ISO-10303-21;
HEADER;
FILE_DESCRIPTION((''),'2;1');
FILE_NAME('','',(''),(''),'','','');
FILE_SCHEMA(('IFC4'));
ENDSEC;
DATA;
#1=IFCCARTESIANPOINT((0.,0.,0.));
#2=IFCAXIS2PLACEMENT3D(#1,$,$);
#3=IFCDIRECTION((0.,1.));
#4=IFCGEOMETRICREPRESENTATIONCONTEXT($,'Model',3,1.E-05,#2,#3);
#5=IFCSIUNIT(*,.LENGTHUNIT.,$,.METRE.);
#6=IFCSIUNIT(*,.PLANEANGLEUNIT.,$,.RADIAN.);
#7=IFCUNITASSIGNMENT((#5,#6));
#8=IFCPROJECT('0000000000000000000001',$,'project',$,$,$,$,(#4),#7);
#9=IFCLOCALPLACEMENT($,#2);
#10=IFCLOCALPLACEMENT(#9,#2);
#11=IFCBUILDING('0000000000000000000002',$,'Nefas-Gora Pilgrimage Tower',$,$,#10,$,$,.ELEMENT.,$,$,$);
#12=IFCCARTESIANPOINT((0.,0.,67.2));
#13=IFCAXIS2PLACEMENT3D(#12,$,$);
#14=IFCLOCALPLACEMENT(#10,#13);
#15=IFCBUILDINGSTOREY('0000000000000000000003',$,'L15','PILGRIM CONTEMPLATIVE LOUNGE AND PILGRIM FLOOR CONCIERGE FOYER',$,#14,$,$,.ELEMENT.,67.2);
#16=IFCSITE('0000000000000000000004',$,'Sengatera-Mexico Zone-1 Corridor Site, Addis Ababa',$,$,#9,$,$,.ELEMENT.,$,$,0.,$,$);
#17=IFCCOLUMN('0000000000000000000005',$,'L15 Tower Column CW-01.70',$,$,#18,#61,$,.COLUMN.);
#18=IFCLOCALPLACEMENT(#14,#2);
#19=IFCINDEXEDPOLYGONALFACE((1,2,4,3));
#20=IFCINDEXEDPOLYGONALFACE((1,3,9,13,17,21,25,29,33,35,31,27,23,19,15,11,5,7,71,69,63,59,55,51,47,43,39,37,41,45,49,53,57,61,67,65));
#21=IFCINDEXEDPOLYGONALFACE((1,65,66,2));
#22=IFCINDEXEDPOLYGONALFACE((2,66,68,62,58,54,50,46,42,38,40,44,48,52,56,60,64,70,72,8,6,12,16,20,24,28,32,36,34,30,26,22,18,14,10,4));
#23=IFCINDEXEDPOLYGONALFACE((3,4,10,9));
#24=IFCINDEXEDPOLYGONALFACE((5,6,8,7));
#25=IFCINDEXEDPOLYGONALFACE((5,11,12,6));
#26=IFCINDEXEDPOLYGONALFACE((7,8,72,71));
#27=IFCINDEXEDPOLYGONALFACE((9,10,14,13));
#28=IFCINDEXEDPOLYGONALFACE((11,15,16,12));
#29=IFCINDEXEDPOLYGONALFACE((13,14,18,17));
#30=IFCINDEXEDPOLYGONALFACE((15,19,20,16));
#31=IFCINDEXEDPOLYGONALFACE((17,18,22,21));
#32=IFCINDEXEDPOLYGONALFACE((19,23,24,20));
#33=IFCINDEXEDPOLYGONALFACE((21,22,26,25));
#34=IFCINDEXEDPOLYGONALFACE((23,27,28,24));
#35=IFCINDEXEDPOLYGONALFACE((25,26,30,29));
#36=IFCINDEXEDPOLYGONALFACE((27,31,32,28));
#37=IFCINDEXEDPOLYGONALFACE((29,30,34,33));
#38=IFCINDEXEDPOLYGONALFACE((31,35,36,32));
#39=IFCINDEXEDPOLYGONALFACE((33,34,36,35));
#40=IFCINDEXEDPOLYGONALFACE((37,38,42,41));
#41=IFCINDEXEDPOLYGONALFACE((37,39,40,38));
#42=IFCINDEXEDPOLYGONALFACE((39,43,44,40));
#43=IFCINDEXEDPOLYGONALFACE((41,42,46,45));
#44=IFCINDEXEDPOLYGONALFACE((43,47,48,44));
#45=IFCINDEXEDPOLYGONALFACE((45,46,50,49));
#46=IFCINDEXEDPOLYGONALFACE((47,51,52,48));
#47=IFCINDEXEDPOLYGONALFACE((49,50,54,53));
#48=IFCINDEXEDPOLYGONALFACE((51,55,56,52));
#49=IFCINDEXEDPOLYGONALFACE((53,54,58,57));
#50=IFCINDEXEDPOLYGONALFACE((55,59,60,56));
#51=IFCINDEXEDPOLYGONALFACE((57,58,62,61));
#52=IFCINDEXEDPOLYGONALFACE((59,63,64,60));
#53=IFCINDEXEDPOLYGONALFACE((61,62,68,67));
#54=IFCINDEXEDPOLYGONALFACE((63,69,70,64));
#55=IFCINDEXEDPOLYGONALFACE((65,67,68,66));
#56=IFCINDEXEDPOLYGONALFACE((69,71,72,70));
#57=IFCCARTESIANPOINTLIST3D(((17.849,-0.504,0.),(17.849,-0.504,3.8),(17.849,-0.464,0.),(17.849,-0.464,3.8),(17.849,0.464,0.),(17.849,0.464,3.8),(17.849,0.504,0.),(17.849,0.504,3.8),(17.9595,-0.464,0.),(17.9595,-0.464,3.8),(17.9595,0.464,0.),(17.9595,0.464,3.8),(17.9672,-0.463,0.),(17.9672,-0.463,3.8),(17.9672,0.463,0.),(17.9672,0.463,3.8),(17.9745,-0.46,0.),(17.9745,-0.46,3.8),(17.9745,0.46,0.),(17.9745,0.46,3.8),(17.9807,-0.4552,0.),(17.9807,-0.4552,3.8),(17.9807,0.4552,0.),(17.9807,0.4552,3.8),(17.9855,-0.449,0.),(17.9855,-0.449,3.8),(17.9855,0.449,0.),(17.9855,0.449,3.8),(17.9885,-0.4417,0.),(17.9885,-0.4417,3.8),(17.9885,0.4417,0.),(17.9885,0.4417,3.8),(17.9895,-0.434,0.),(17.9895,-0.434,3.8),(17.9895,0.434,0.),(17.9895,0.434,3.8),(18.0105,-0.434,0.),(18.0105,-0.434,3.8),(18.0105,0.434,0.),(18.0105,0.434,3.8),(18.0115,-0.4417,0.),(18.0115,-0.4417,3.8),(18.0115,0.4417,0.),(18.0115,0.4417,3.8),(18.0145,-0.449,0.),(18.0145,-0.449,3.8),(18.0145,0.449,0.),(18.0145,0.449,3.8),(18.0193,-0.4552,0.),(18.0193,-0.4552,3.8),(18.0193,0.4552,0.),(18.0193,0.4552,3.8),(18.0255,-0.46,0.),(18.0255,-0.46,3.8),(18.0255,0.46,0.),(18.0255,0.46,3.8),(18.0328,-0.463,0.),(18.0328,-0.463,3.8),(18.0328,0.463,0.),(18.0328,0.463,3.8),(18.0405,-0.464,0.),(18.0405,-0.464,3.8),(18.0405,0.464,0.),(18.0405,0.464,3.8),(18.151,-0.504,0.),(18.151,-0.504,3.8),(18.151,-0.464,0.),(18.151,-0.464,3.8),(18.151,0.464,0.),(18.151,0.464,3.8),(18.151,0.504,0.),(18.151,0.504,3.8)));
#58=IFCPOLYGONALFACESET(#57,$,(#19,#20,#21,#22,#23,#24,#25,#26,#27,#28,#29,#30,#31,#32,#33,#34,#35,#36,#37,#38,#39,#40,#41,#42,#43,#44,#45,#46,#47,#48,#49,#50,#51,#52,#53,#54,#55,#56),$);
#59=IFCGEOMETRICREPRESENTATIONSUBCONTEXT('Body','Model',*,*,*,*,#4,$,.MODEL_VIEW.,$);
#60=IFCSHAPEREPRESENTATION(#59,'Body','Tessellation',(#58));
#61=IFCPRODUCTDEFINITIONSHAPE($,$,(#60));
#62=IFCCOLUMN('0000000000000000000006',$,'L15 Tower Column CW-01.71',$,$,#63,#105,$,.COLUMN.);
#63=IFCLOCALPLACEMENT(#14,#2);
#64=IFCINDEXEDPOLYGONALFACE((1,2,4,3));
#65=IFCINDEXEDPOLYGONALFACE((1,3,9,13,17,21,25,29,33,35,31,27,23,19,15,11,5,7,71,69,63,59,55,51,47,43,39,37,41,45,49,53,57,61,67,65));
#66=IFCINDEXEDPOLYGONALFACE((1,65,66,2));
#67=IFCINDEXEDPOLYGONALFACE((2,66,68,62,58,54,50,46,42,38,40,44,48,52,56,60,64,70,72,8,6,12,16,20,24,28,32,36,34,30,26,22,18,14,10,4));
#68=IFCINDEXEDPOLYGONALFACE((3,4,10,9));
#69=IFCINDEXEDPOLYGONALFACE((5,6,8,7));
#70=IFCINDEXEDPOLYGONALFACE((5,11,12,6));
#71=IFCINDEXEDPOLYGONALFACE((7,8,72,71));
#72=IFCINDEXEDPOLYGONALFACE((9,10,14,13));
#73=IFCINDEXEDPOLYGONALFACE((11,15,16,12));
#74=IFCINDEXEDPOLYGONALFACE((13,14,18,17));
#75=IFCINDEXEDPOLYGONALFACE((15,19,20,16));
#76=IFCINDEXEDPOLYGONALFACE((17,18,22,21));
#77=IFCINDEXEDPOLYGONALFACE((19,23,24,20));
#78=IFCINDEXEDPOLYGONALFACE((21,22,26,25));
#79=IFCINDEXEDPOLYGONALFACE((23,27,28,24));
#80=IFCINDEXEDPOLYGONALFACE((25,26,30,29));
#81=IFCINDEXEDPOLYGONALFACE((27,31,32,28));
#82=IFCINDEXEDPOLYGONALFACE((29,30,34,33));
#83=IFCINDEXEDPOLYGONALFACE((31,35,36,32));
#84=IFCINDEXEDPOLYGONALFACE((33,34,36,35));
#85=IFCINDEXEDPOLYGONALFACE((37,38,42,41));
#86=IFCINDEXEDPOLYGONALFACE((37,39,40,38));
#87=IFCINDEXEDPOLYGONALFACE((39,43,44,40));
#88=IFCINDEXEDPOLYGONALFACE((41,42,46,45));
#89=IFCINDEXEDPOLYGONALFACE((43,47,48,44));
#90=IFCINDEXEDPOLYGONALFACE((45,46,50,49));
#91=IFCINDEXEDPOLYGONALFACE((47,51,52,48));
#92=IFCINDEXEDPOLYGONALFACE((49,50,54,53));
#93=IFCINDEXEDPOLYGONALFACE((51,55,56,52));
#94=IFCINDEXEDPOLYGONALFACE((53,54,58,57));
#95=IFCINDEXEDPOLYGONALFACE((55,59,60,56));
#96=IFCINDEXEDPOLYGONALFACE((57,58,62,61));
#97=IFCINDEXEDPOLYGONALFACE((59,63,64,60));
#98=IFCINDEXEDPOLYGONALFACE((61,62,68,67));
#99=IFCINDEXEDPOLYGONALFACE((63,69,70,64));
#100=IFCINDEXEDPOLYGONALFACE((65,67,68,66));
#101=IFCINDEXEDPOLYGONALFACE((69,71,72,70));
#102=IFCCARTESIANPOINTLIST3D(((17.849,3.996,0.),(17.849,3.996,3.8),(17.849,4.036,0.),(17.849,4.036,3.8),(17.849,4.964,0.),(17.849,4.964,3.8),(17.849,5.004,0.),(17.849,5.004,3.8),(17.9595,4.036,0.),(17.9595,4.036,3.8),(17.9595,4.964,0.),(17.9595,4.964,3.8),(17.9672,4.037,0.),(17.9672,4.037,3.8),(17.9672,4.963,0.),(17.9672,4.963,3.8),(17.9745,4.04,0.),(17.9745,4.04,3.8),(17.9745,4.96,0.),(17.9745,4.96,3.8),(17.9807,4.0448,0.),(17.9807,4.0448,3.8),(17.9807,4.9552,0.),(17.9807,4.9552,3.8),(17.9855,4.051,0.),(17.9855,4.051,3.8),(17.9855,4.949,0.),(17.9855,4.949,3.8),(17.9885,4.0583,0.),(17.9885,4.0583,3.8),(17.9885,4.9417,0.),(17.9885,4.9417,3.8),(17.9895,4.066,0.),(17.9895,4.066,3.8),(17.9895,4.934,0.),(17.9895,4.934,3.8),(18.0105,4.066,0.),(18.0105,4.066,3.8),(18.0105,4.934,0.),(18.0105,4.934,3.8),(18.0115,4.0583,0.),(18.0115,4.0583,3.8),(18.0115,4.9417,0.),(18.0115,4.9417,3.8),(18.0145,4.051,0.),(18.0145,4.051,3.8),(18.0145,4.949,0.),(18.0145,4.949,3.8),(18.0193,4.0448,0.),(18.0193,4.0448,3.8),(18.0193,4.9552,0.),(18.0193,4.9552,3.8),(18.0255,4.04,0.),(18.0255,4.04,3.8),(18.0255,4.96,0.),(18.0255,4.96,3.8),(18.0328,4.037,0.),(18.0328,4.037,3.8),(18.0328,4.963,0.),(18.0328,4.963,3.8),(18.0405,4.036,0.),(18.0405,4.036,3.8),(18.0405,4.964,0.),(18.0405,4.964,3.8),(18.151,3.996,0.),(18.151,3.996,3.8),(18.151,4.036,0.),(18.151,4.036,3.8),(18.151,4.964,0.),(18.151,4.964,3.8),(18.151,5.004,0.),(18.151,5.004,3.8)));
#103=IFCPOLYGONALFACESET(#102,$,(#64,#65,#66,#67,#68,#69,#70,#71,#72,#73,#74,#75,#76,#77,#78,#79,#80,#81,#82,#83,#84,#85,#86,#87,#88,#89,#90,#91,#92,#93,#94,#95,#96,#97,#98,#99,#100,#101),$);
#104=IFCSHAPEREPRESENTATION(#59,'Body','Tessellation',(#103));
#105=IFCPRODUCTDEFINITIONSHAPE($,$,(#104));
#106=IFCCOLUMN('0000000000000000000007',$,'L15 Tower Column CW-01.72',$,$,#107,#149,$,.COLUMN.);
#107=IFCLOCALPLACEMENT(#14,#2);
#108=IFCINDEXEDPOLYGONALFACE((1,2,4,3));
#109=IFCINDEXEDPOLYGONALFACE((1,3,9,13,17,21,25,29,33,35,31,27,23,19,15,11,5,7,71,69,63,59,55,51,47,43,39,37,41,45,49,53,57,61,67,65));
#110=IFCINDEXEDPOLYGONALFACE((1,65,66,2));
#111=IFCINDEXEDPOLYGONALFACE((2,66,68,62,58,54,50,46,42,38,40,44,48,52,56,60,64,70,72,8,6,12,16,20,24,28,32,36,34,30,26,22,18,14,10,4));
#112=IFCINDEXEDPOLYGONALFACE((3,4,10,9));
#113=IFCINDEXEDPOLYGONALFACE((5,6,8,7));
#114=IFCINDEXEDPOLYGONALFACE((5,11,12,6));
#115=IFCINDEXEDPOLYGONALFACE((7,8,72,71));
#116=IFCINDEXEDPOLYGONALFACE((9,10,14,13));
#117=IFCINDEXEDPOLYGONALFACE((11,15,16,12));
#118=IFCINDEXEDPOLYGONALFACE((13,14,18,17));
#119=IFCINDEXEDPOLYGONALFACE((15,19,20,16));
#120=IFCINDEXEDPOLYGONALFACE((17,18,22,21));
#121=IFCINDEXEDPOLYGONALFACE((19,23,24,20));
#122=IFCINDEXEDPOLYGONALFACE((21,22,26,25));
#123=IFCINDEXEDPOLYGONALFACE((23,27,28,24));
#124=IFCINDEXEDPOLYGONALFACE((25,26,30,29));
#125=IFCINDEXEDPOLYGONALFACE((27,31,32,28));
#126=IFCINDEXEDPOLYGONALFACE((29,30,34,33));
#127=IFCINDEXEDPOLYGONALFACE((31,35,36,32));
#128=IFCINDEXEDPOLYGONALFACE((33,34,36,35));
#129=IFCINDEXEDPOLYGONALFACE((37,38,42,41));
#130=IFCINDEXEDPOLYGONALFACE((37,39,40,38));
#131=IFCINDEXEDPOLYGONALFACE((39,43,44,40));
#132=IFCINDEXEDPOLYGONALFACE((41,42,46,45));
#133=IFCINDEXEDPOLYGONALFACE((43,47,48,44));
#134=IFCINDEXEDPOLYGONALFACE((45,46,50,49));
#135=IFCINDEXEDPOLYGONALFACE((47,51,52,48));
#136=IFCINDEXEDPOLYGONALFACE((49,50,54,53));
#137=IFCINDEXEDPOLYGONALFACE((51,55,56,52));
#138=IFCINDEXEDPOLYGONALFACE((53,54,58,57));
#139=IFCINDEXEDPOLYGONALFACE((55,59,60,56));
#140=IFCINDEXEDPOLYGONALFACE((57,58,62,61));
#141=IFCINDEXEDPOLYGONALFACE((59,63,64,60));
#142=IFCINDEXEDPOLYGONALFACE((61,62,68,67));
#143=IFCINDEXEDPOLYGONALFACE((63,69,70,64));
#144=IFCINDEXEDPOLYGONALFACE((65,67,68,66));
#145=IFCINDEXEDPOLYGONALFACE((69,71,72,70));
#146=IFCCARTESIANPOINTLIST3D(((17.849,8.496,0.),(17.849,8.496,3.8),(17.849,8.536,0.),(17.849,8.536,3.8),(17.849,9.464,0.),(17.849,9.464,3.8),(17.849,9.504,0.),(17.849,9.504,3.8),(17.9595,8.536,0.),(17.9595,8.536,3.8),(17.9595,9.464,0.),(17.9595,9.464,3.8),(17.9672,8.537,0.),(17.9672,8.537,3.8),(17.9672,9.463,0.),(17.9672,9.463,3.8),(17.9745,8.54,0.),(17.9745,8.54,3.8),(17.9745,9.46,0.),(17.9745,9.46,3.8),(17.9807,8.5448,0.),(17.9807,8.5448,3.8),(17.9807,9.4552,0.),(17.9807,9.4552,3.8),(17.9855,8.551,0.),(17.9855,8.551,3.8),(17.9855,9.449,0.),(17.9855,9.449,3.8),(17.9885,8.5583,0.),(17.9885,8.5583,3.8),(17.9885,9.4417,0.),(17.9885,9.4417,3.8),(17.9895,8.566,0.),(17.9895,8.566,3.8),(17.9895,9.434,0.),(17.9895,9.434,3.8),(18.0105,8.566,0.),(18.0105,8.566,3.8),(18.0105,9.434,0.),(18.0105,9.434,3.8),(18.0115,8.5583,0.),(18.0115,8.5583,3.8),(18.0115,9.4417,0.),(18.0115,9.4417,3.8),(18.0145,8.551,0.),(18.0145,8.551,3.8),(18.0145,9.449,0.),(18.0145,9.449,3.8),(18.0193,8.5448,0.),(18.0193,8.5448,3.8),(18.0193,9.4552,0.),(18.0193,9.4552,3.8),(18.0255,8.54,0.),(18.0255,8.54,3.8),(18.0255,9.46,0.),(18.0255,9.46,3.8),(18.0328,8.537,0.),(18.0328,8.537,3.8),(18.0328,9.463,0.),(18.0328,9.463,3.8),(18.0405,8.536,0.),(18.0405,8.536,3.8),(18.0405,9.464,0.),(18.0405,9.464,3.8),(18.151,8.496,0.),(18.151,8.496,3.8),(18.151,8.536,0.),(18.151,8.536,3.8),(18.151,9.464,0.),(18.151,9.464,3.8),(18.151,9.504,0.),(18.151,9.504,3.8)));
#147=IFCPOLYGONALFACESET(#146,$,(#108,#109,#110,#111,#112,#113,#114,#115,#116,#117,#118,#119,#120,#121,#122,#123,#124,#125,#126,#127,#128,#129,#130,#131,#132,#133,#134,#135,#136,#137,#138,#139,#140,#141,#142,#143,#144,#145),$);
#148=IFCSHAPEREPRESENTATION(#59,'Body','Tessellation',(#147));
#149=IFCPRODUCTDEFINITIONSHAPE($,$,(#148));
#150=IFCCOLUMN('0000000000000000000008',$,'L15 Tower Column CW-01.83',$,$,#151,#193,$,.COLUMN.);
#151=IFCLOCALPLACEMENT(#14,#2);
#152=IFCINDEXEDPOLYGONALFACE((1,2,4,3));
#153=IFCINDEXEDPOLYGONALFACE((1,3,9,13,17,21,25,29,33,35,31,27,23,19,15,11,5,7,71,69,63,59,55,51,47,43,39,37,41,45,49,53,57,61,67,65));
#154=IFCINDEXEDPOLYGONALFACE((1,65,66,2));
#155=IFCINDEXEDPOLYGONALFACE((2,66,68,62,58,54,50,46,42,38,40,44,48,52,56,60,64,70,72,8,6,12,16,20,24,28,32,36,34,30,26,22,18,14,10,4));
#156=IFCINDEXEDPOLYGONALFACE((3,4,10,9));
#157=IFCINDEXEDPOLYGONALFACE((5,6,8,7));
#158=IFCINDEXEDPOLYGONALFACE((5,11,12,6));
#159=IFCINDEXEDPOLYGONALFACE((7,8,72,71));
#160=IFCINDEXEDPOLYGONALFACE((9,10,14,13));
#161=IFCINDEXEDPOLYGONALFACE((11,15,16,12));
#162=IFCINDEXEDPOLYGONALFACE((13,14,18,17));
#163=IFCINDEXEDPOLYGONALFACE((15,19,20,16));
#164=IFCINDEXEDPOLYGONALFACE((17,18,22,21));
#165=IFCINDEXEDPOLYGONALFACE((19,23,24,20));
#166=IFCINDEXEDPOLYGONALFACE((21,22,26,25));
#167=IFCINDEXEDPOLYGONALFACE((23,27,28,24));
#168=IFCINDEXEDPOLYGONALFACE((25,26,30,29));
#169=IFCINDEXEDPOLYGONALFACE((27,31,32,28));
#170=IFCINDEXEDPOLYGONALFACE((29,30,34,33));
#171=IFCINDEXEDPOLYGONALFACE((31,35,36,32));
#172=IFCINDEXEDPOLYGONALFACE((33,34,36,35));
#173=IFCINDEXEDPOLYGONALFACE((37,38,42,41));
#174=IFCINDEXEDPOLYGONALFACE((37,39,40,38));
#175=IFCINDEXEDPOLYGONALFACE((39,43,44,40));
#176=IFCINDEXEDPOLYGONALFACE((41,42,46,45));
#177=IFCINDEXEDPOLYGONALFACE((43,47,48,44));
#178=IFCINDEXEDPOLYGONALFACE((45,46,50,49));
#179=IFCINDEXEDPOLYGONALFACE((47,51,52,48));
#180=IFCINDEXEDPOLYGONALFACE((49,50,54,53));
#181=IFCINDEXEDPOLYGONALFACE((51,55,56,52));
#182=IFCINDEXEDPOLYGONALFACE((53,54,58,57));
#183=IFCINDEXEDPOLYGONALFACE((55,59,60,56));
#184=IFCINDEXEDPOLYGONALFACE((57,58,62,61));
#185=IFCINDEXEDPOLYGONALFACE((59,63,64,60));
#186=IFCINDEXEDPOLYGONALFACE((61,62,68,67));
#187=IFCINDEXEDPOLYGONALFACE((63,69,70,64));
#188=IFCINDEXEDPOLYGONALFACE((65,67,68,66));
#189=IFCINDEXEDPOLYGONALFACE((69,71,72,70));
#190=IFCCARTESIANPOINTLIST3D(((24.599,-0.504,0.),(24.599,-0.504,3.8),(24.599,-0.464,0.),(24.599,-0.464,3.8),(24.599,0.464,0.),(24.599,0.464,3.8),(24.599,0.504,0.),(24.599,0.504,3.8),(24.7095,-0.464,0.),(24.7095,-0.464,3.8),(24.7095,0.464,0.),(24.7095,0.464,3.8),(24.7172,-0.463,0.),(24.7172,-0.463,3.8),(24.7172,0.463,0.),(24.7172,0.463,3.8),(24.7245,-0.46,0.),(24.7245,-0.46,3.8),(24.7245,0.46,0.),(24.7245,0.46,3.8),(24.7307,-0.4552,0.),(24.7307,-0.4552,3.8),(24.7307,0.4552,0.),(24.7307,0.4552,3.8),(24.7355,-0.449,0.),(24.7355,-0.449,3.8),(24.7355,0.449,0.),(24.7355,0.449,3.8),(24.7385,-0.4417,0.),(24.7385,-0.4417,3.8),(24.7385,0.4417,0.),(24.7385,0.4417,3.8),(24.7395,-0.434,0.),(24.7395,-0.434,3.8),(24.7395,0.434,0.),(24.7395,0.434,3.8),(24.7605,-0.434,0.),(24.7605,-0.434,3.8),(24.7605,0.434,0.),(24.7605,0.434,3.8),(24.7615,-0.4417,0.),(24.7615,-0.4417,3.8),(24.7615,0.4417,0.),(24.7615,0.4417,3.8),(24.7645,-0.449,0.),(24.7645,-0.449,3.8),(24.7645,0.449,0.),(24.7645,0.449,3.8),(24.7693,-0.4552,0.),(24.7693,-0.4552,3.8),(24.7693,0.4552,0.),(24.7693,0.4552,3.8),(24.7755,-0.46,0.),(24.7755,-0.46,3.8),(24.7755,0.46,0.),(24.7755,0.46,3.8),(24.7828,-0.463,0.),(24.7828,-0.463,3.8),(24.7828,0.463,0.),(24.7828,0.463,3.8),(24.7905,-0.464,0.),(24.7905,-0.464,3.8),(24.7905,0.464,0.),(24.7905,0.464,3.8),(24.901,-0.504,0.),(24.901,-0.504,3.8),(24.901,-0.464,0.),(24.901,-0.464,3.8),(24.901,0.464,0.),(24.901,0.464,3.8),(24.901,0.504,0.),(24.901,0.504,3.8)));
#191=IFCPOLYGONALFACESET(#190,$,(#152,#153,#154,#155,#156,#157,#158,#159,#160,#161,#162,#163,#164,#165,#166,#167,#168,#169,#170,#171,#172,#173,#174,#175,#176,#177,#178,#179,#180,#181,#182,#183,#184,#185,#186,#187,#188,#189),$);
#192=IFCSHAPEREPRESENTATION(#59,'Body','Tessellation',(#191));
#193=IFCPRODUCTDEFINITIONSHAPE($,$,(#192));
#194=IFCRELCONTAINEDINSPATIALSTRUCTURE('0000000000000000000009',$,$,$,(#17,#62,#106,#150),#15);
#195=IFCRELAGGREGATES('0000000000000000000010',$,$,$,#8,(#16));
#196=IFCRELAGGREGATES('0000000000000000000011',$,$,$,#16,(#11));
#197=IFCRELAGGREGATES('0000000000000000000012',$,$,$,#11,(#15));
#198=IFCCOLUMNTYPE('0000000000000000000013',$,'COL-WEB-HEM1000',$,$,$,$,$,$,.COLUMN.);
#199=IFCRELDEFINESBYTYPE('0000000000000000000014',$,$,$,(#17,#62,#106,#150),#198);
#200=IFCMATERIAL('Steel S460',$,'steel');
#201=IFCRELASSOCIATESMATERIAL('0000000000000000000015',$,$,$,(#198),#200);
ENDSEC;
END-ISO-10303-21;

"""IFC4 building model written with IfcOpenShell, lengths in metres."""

from ifc_helpers import new_model, si_unit, direction, frame, origin, origin_2d, place, context, subcontext, project, spatial, i_section, extrude, source, transform, mapped, material, material_profile, profile_set, type_object, element, save


model = new_model("IFC4")

# Units and contexts
model_context = context("Model", 3, precision=1e-05, world=origin(), true_north=direction((0.0, 1.0)))
body_context = subcontext(model_context, "Body", "Model", "MODEL_VIEW")
ifc_project = project(units=[si_unit("LENGTHUNIT", "METRE"), si_unit("PLANEANGLEUNIT", "RADIAN")], contexts=[model_context])

# Site, building, storey
site_placement = place(None, origin())
site = spatial("IfcSite", under=ifc_project, at=site_placement, Name="Sengatera-Mexico Zone-1 Corridor Site, Addis Ababa", CompositionType="ELEMENT", RefElevation=0.0)
building_placement = place(site_placement, origin())
building = spatial("IfcBuilding", under=site, at=building_placement, Name="Nefas-Gora Pilgrimage Tower", CompositionType="ELEMENT")
storey_placement = place(building_placement, frame((0.0, 0.0, 67.2)))
storey = spatial("IfcBuildingStorey", under=building, at=storey_placement, Name="L15", Description="PILGRIM CONTEMPLATIVE LOUNGE AND PILGRIM FLOOR CONCIERGE FOYER", CompositionType="ELEMENT", Elevation=67.2)

# Columns
ifc_material_1 = material(Name="Steel S460", Category="steel")
ifc_material_profile_1 = material_profile(ifc_material_1, i_section(OverallWidth=0.302, OverallDepth=1.0081, WebThickness=0.021, FlangeThickness=0.04, FilletRadius=0.03, at=origin_2d()), Name="HEM 1000")
ifc_profile_set_1 = profile_set([ifc_material_profile_1], Name="Steel S460")
column_type_1 = type_object("IfcColumnType", Name="COL-WEB-HEM1000", PredefinedType="COLUMN", material=ifc_profile_set_1)
shared_shape_1 = source(origin(), body_context, "Body", "SweptSolid", [
    extrude(i_section(OverallWidth=0.302, OverallDepth=1.0081, WebThickness=0.021, FlangeThickness=0.04, FilletRadius=0.03, at=origin_2d()), origin(), (0.0, 0.0, 1.0), 3.8),
])
for number, where, z_axis, x_axis, name in (
    (1, (18.0, 0.0, 0.0), (0.0, 0.0, 1.0), (1.0, 0.0, 0.0), "L15 Tower Column CW-01.70"),
    (2, (18.0, 4.5, 0.0), (0.0, 0.0, 1.0), (1.0, 0.0, 0.0), "L15 Tower Column CW-01.71"),
    (3, (18.0, 9.0, 0.0), (0.0, 0.0, 1.0), (1.0, 0.0, 0.0), "L15 Tower Column CW-01.72"),
    (4, (24.75, 0.0, 0.0), (0.0, 0.0, 1.0), (1.0, 0.0, 0.0), "L15 Tower Column CW-01.83"),
):
    element("IfcColumn", number, at=place(storey_placement, frame(where, z_axis=z_axis, x_axis=x_axis)), inside=storey, type_object=column_type_1, Name=name, PredefinedType="COLUMN", context=body_context, shape_type="MappedRepresentation", body=[
        mapped(shared_shape_1, transform((0.0, 0.0, 0.0), x_axis=(1.0, 0.0, 0.0), y_axis=(0.0, 1.0, 0.0), z_axis=(0.0, 0.0, 1.0), scale=1.0)),
    ])

save(model, "model.ifc")
